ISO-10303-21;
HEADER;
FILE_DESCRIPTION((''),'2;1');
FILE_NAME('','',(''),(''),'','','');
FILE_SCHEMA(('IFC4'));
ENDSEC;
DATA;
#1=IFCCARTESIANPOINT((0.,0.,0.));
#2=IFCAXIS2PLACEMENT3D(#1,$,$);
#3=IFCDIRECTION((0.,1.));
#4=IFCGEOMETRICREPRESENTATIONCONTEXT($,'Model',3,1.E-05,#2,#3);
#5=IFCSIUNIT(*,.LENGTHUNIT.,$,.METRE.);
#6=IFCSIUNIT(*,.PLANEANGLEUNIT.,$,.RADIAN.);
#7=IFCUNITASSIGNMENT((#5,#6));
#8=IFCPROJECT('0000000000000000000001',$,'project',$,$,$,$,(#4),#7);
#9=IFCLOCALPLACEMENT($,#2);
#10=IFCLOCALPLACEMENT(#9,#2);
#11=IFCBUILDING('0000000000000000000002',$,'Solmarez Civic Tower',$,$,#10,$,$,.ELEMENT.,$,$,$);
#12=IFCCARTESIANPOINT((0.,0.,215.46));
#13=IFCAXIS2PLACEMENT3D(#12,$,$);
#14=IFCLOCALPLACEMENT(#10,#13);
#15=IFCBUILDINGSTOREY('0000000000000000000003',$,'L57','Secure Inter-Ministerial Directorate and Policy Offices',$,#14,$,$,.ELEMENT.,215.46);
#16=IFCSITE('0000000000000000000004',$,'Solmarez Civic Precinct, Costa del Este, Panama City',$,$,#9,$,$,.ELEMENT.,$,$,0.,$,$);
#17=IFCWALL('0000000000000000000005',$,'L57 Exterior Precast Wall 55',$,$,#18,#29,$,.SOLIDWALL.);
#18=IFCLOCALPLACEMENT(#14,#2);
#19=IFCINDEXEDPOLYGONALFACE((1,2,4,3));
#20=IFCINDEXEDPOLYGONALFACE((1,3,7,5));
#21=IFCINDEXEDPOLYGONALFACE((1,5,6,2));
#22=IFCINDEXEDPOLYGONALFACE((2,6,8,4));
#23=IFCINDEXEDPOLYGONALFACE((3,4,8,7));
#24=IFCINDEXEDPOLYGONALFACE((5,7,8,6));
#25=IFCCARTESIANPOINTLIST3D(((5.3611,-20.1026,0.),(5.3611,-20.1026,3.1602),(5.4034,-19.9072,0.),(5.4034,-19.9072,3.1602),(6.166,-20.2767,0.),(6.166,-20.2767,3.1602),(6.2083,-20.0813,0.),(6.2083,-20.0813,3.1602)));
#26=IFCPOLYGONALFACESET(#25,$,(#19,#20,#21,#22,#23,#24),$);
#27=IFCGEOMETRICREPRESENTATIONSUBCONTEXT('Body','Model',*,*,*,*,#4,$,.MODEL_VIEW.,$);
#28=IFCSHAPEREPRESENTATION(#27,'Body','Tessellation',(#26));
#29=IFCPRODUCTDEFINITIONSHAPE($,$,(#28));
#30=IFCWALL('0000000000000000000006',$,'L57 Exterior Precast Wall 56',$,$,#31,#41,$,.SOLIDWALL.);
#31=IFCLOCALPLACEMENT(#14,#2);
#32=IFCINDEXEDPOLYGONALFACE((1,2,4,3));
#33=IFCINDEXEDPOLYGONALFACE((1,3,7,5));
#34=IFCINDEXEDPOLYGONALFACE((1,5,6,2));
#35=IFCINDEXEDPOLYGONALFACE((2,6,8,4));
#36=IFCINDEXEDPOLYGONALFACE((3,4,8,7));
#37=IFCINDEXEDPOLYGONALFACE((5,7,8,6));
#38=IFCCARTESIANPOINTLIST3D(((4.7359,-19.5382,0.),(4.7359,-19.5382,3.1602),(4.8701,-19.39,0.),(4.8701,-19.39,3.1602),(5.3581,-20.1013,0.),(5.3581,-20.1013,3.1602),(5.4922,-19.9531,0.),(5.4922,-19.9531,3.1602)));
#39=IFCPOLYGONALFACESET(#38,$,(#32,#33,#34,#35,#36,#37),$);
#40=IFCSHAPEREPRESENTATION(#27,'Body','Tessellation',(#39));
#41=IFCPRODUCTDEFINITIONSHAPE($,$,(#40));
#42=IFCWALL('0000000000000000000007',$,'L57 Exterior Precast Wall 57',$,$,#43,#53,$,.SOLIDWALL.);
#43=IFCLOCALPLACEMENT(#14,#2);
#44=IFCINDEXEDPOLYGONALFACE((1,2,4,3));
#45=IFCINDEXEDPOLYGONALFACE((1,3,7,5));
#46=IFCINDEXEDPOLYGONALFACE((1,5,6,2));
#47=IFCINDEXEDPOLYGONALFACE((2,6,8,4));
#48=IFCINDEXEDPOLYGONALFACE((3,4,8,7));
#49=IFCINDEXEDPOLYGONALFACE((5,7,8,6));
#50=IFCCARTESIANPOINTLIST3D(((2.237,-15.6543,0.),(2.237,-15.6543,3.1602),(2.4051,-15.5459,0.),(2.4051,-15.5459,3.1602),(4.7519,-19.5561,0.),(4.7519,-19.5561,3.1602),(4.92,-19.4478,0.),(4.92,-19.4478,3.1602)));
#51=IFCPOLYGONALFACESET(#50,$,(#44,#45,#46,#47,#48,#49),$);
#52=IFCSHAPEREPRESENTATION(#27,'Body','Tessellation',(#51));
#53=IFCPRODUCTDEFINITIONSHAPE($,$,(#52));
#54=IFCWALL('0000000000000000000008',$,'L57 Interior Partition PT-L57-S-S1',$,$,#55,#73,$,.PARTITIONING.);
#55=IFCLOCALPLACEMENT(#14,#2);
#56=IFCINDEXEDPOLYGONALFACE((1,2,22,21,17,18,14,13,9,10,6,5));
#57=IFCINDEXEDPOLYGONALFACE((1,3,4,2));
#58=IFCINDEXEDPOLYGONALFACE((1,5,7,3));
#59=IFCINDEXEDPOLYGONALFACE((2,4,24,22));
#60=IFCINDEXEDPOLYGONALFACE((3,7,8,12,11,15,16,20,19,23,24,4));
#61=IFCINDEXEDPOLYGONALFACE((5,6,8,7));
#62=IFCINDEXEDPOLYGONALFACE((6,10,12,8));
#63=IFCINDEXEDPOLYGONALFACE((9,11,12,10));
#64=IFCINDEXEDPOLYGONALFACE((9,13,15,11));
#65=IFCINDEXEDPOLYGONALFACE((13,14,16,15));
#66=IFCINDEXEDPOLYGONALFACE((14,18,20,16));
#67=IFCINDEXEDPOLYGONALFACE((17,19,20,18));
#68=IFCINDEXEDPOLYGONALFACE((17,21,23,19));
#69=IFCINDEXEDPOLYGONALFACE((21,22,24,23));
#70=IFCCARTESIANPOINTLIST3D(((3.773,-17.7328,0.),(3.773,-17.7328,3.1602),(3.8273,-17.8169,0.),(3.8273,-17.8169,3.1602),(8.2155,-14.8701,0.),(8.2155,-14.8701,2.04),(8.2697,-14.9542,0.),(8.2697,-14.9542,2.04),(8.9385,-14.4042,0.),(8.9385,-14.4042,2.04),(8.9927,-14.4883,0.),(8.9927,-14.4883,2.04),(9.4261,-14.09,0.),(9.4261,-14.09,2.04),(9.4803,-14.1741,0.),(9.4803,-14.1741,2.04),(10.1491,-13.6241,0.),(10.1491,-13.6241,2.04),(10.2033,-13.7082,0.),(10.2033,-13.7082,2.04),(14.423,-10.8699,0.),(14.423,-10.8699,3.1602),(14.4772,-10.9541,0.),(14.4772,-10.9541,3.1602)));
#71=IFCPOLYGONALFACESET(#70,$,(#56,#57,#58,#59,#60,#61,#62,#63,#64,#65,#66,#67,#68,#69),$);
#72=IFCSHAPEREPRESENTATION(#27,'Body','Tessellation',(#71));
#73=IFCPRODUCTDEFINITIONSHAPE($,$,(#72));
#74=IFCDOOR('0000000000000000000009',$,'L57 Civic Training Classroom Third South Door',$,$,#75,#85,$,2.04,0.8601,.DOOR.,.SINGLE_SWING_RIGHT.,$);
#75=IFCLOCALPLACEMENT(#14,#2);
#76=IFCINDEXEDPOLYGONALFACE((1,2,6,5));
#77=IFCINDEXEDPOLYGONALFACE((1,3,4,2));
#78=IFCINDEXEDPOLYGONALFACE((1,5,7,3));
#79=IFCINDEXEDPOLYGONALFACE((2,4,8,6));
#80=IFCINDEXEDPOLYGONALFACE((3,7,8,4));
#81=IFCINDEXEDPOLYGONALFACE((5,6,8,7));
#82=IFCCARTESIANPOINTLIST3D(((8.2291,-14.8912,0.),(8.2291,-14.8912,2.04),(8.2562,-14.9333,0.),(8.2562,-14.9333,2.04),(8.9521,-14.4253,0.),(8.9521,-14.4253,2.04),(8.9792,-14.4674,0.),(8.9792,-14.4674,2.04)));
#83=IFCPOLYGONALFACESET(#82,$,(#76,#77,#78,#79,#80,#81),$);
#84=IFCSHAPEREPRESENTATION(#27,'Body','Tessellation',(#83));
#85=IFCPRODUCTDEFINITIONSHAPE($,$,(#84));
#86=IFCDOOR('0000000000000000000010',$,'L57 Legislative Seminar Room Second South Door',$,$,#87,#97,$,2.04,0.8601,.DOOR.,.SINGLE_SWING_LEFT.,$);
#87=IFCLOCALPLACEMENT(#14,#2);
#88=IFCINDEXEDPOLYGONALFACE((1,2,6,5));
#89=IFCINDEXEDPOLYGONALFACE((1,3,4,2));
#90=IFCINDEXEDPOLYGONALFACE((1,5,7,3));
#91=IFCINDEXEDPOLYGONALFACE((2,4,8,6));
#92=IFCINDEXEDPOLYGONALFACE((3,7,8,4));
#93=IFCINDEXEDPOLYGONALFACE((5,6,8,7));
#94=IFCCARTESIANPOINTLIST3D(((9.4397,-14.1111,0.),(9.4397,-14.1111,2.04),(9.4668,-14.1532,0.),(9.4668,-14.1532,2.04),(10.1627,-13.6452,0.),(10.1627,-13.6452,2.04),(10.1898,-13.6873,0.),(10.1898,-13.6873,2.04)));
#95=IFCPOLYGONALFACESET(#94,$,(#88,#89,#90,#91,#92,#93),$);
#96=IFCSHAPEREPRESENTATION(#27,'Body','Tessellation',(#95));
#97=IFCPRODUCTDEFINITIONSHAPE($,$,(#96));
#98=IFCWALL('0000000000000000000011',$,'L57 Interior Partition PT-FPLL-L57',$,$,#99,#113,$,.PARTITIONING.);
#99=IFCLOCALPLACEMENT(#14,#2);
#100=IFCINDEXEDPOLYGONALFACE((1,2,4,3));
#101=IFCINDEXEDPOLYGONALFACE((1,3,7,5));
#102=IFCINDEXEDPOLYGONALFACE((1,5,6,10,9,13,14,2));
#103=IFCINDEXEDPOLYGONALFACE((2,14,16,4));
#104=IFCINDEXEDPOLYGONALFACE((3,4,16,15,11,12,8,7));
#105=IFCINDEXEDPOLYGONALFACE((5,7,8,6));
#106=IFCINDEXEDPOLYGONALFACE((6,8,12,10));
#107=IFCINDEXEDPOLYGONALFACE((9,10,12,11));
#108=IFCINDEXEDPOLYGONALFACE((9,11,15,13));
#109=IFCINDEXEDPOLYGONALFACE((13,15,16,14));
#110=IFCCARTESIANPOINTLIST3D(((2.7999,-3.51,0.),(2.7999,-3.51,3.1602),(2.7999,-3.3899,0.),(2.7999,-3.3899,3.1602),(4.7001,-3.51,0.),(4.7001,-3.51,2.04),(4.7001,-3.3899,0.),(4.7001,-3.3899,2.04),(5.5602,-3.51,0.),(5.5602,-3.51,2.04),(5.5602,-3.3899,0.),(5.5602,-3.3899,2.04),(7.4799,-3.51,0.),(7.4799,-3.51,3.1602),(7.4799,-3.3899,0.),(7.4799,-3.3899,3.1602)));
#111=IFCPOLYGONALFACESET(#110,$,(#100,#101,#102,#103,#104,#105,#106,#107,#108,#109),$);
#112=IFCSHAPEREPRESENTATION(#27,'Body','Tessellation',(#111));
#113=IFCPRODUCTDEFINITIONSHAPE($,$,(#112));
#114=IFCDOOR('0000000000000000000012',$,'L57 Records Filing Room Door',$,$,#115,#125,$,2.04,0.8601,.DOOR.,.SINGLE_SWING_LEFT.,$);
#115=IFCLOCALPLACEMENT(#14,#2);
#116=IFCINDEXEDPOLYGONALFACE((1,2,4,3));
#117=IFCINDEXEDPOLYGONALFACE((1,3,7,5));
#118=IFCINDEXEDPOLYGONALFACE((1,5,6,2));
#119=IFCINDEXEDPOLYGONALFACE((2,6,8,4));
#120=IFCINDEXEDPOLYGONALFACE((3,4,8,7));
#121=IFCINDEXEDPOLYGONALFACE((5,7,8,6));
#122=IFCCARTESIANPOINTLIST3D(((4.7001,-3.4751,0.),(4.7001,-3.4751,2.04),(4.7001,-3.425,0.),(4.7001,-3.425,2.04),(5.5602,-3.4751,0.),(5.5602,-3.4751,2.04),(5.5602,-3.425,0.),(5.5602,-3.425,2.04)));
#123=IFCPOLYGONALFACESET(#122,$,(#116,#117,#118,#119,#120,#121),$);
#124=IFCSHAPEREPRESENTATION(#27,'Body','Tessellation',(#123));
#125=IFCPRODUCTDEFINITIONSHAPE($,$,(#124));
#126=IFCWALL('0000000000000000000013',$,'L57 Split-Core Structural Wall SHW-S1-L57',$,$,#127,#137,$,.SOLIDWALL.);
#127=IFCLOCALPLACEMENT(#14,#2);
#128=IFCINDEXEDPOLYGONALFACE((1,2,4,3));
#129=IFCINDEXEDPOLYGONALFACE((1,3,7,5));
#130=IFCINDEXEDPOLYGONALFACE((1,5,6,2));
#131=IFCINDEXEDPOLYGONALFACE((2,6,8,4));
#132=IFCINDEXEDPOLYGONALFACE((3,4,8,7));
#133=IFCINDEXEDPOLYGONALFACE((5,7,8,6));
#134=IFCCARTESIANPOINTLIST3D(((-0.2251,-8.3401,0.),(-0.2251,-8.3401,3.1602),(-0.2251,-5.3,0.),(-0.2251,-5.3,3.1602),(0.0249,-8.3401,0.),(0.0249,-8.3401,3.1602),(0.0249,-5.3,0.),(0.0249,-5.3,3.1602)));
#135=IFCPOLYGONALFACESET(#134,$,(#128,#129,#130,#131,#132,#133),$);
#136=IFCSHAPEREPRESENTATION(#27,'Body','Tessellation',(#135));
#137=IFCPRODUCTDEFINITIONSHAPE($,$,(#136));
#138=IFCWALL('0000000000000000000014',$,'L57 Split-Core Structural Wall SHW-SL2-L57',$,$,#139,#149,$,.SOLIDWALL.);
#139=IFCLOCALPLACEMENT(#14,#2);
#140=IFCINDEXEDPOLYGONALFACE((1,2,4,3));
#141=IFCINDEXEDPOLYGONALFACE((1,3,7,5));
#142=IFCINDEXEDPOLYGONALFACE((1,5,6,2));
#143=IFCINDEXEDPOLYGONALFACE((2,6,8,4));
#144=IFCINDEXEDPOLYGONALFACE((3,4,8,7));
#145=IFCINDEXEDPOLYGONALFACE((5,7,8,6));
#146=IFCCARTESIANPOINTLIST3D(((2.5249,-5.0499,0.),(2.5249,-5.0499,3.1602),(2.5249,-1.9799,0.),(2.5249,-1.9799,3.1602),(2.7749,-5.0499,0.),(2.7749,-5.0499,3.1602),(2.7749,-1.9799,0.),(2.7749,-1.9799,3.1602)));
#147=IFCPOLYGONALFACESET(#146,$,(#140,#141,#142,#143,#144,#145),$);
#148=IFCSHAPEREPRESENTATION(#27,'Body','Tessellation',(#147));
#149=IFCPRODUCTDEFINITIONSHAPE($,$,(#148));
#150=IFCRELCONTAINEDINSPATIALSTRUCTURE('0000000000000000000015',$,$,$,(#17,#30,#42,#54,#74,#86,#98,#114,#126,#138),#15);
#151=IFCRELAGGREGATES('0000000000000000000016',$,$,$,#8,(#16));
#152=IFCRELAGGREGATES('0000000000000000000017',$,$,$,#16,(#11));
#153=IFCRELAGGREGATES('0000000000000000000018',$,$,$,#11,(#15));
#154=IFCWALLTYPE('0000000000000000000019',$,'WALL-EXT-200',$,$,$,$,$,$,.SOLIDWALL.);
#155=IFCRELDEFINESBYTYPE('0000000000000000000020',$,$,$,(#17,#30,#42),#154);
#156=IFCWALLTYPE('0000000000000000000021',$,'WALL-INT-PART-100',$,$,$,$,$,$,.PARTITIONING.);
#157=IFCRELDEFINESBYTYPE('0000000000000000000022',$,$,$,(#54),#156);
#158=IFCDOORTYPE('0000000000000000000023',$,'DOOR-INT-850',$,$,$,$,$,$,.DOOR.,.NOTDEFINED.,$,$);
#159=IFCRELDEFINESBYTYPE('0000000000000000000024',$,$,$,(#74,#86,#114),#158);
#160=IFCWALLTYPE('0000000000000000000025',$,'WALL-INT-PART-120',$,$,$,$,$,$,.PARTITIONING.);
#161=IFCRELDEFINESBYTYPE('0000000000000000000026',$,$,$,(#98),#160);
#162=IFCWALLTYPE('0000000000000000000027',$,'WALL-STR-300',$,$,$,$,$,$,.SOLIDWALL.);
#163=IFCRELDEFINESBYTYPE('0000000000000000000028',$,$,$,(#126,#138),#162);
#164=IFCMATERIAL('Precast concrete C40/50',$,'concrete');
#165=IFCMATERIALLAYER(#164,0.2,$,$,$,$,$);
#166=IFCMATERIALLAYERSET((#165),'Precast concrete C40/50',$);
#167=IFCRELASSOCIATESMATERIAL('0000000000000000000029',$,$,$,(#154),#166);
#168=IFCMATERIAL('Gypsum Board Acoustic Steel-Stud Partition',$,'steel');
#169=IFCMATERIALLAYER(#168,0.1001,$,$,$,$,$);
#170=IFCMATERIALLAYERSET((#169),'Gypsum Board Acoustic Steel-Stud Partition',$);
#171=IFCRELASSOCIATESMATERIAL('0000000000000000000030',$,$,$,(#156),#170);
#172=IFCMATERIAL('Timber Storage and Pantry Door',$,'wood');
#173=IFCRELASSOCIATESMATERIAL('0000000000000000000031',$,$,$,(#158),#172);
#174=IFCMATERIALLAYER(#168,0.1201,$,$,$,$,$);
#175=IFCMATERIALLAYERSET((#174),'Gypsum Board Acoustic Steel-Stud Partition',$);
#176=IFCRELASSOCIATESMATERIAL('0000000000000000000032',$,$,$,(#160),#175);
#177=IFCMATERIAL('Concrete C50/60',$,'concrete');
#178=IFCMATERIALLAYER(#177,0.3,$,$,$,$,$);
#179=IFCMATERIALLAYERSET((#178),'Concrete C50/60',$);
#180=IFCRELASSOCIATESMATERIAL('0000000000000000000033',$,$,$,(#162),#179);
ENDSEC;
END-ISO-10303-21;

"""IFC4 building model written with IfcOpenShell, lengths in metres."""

from ifc_helpers import new_model, si_unit, direction, frame, frame_2d, origin, place, context, subcontext, project, spatial, rectangle, extrude, material, layer, layer_set, type_object, element, fill, save


model = new_model("IFC4")

# Units and contexts
model_context = context("Model", 3, precision=1e-05, world=origin(), true_north=direction((0.0, 1.0)))
body_context = subcontext(model_context, "Body", "Model", "MODEL_VIEW")
ifc_project = project(units=[si_unit("LENGTHUNIT", "METRE"), si_unit("PLANEANGLEUNIT", "RADIAN")], contexts=[model_context])

# Site, building, storey
site_placement = place(None, origin())
site = spatial("IfcSite", under=ifc_project, at=site_placement, Name="Solmarez Civic Precinct, Costa del Este, Panama City", CompositionType="ELEMENT", RefElevation=0.0)
building_placement = place(site_placement, origin())
building = spatial("IfcBuilding", under=site, at=building_placement, Name="Solmarez Civic Tower", CompositionType="ELEMENT")
storey_placement = place(building_placement, frame((0.0, 0.0, 215.46)))
storey = spatial("IfcBuildingStorey", under=building, at=storey_placement, Name="L57", Description="Secure Inter-Ministerial Directorate and Policy Offices", CompositionType="ELEMENT", Elevation=215.46)

# Shared definitions
ifc_material_1 = material(Name="Concrete C50/60", Category="concrete")

# Walls
ifc_material_2 = material(Name="Precast concrete C40/50", Category="concrete")
ifc_layer_1 = layer(ifc_material_2, 0.2)
ifc_layer_set_1 = layer_set([ifc_layer_1], Name="Precast concrete C40/50")
wall_type_1 = type_object("IfcWallType", Name="WALL-EXT-200", PredefinedType="SOLIDWALL", material=ifc_layer_set_1)
wall_1_placement = place(storey_placement, frame((6.187, -20.179, 0.0), z_axis=(0.0, 0.0, 1.0), x_axis=(-0.977406, 0.211371, 0.0)))
element("IfcWall", 1, at=wall_1_placement, inside=storey, type_object=wall_type_1, Name="L57 Exterior Precast Wall 55", PredefinedType="SOLIDWALL", context=body_context, shape_type="SweptSolid", body=[
    extrude(rectangle(XDim=0.8235, YDim=0.2, at=frame_2d((0.4116, 0.0))), origin(), (0.0, 0.0, 1.0), 3.1602),
])
wall_2_placement = place(storey_placement, frame((5.425, -20.0271, 0.0), z_axis=(0.0, 0.0, 1.0), x_axis=(-0.741439, 0.67102, 0.0)))
element("IfcWall", 2, at=wall_2_placement, inside=storey, type_object=wall_type_1, Name="L57 Exterior Precast Wall 56", PredefinedType="SOLIDWALL", context=body_context, shape_type="SweptSolid", body=[
    extrude(rectangle(XDim=0.8391, YDim=0.2, at=frame_2d((0.4194, 0.0))), origin(), (0.0, 0.0, 1.0), 3.1602),
])
wall_3_placement = place(storey_placement, frame((4.8359, -19.502, 0.0), z_axis=(0.0, 0.0, 1.0), x_axis=(-0.541757, 0.840535, 0.0)))
element("IfcWall", 3, at=wall_3_placement, inside=storey, type_object=wall_type_1, Name="L57 Exterior Precast Wall 57", PredefinedType="SOLIDWALL", context=body_context, shape_type="SweptSolid", body=[
    extrude(rectangle(XDim=4.6421, YDim=0.2, at=frame_2d((2.321, 0.0))), origin(), (0.0, 0.0, 1.0), 3.1602),
])

# Wall, openings, doors
ifc_material_3 = material(Name="Gypsum Board Acoustic Steel-Stud Partition", Category="steel")
ifc_layer_2 = layer(ifc_material_3, 0.1001)
ifc_layer_set_2 = layer_set([ifc_layer_2], Name="Gypsum Board Acoustic Steel-Stud Partition")
wall_type_2 = type_object("IfcWallType", Name="WALL-INT-PART-100", PredefinedType="PARTITIONING", material=ifc_layer_set_2)
wall_4_placement = place(storey_placement, frame((3.8, -17.7749, 0.0), z_axis=(0.0, 0.0, 1.0), x_axis=(0.840588, 0.541675, 0.0)))
wall_4 = element("IfcWall", 4, at=wall_4_placement, inside=storey, type_object=wall_type_2, Name="L57 Interior Partition PT-L57-S-S1", PredefinedType="PARTITIONING", context=body_context, shape_type="SweptSolid", body=[
    extrude(rectangle(XDim=12.6697, YDim=0.1001, at=frame_2d((6.335, 0.0))), origin(), (0.0, 0.0, 1.0), 3.1602),
])
opening_1_placement = place(wall_4_placement, frame((5.2849, 0.0, 0.0)))
opening_1 = element("IfcOpeningElement", 5, at=opening_1_placement, cuts=wall_4, PredefinedType="OPENING", context=body_context, shape_type="SweptSolid", body=[
    extrude(rectangle(XDim=0.8601, YDim=2.04, at=frame_2d((0.4302, 1.02))), frame((0.0, 0.0601, 0.0), z_axis=(0.0, -1.0, 0.0), x_axis=(1.0, 0.0, 0.0)), (0.0, 0.0, 1.0), 0.1201),
])
opening_2_placement = place(wall_4_placement, frame((6.7251, 0.0, 0.0)))
opening_2 = element("IfcOpeningElement", 6, at=opening_2_placement, cuts=wall_4, PredefinedType="OPENING", context=body_context, shape_type="SweptSolid", body=[
    extrude(rectangle(XDim=0.8601, YDim=2.04, at=frame_2d((0.4302, 1.02))), frame((0.0, 0.0601, 0.0), z_axis=(0.0, -1.0, 0.0), x_axis=(1.0, 0.0, 0.0)), (0.0, 0.0, 1.0), 0.1201),
])
ifc_material_4 = material(Name="Timber Storage and Pantry Door", Category="wood")
door_type = type_object("IfcDoorType", Name="DOOR-INT-850", OperationType="NOTDEFINED", PredefinedType="DOOR", material=ifc_material_4)
door_1_placement = place(opening_1_placement, origin())
door_1 = element("IfcDoor", 7, at=door_1_placement, inside=storey, type_object=door_type, Name="L57 Civic Training Classroom Third South Door", OperationType="SINGLE_SWING_RIGHT", OverallHeight=2.04, OverallWidth=0.8601, PredefinedType="DOOR", context=body_context, shape_type="SweptSolid", body=[
    extrude(rectangle(XDim=0.8601, YDim=2.04, at=frame_2d((0.4302, 1.02))), frame((0.0, 0.0249, 0.0), z_axis=(0.0, -1.0, 0.0), x_axis=(1.0, 0.0, 0.0)), (0.0, 0.0, 1.0), 0.05),
])
fill(opening_1, door_1)
door_2_placement = place(opening_2_placement, origin())
door_2 = element("IfcDoor", 8, at=door_2_placement, inside=storey, type_object=door_type, Name="L57 Legislative Seminar Room Second South Door", OperationType="SINGLE_SWING_LEFT", OverallHeight=2.04, OverallWidth=0.8601, PredefinedType="DOOR", context=body_context, shape_type="SweptSolid", body=[
    extrude(rectangle(XDim=0.8601, YDim=2.04, at=frame_2d((0.4302, 1.02))), frame((0.0, 0.0249, 0.0), z_axis=(0.0, -1.0, 0.0), x_axis=(1.0, 0.0, 0.0)), (0.0, 0.0, 1.0), 0.05),
])
fill(opening_2, door_2)

# Wall, opening, door
ifc_layer_3 = layer(ifc_material_3, 0.1201)
ifc_layer_set_3 = layer_set([ifc_layer_3], Name="Gypsum Board Acoustic Steel-Stud Partition")
wall_type_3 = type_object("IfcWallType", Name="WALL-INT-PART-120", PredefinedType="PARTITIONING", material=ifc_layer_set_3)
wall_5_placement = place(storey_placement, frame((2.8, -3.45, 0.0), z_axis=(0.0, 0.0, 1.0), x_axis=(1.0, 0.0, 0.0)))
wall_5 = element("IfcWall", 9, at=wall_5_placement, inside=storey, type_object=wall_type_3, Name="L57 Interior Partition PT-FPLL-L57", PredefinedType="PARTITIONING", context=body_context, shape_type="SweptSolid", body=[
    extrude(rectangle(XDim=4.6799, YDim=0.1201, at=frame_2d((2.3398, 0.0))), origin(), (0.0, 0.0, 1.0), 3.1602),
])
opening_3_placement = place(wall_5_placement, frame((1.8999, 0.0, 0.0)))
opening_3 = element("IfcOpeningElement", 10, at=opening_3_placement, cuts=wall_5, PredefinedType="OPENING", context=body_context, shape_type="SweptSolid", body=[
    extrude(rectangle(XDim=0.8601, YDim=2.04, at=frame_2d((0.4302, 1.02))), frame((0.0, 0.0701, 0.0), z_axis=(0.0, -1.0, 0.0), x_axis=(1.0, 0.0, 0.0)), (0.0, 0.0, 1.0), 0.1401),
])
door_3_placement = place(opening_3_placement, origin())
door_3 = element("IfcDoor", 11, at=door_3_placement, inside=storey, type_object=door_type, Name="L57 Records Filing Room Door", OperationType="SINGLE_SWING_LEFT", OverallHeight=2.04, OverallWidth=0.8601, PredefinedType="DOOR", context=body_context, shape_type="SweptSolid", body=[
    extrude(rectangle(XDim=0.8601, YDim=2.04, at=frame_2d((0.4302, 1.02))), frame((0.0, 0.0249, 0.0), z_axis=(0.0, -1.0, 0.0), x_axis=(1.0, 0.0, 0.0)), (0.0, 0.0, 1.0), 0.05),
])
fill(opening_3, door_3)

# Walls
ifc_layer_4 = layer(ifc_material_1, 0.3)
ifc_layer_set_4 = layer_set([ifc_layer_4], Name="Concrete C50/60")
wall_type_4 = type_object("IfcWallType", Name="WALL-STR-300", PredefinedType="SOLIDWALL", material=ifc_layer_set_4)
wall_6_placement = place(storey_placement, frame((-0.1001, -8.3401, 0.0), z_axis=(0.0, 0.0, 1.0), x_axis=(0.0, 1.0, 0.0)))
element("IfcWall", 12, at=wall_6_placement, inside=storey, type_object=wall_type_4, Name="L57 Split-Core Structural Wall SHW-S1-L57", PredefinedType="SOLIDWALL", context=body_context, shape_type="SweptSolid", body=[
    extrude(rectangle(XDim=3.04, YDim=0.25, at=frame_2d((1.52, 0.0))), origin(), (0.0, 0.0, 1.0), 3.1602),
])
wall_7_placement = place(storey_placement, frame((2.6499, -5.05, 0.0), z_axis=(0.0, 0.0, 1.0), x_axis=(0.0, 1.0, 0.0)))
element("IfcWall", 13, at=wall_7_placement, inside=storey, type_object=wall_type_4, Name="L57 Split-Core Structural Wall SHW-SL2-L57", PredefinedType="SOLIDWALL", context=body_context, shape_type="SweptSolid", body=[
    extrude(rectangle(XDim=3.0701, YDim=0.25, at=frame_2d((1.5352, 0.0))), origin(), (0.0, 0.0, 1.0), 3.1602),
])

save(model, "model.ifc")
